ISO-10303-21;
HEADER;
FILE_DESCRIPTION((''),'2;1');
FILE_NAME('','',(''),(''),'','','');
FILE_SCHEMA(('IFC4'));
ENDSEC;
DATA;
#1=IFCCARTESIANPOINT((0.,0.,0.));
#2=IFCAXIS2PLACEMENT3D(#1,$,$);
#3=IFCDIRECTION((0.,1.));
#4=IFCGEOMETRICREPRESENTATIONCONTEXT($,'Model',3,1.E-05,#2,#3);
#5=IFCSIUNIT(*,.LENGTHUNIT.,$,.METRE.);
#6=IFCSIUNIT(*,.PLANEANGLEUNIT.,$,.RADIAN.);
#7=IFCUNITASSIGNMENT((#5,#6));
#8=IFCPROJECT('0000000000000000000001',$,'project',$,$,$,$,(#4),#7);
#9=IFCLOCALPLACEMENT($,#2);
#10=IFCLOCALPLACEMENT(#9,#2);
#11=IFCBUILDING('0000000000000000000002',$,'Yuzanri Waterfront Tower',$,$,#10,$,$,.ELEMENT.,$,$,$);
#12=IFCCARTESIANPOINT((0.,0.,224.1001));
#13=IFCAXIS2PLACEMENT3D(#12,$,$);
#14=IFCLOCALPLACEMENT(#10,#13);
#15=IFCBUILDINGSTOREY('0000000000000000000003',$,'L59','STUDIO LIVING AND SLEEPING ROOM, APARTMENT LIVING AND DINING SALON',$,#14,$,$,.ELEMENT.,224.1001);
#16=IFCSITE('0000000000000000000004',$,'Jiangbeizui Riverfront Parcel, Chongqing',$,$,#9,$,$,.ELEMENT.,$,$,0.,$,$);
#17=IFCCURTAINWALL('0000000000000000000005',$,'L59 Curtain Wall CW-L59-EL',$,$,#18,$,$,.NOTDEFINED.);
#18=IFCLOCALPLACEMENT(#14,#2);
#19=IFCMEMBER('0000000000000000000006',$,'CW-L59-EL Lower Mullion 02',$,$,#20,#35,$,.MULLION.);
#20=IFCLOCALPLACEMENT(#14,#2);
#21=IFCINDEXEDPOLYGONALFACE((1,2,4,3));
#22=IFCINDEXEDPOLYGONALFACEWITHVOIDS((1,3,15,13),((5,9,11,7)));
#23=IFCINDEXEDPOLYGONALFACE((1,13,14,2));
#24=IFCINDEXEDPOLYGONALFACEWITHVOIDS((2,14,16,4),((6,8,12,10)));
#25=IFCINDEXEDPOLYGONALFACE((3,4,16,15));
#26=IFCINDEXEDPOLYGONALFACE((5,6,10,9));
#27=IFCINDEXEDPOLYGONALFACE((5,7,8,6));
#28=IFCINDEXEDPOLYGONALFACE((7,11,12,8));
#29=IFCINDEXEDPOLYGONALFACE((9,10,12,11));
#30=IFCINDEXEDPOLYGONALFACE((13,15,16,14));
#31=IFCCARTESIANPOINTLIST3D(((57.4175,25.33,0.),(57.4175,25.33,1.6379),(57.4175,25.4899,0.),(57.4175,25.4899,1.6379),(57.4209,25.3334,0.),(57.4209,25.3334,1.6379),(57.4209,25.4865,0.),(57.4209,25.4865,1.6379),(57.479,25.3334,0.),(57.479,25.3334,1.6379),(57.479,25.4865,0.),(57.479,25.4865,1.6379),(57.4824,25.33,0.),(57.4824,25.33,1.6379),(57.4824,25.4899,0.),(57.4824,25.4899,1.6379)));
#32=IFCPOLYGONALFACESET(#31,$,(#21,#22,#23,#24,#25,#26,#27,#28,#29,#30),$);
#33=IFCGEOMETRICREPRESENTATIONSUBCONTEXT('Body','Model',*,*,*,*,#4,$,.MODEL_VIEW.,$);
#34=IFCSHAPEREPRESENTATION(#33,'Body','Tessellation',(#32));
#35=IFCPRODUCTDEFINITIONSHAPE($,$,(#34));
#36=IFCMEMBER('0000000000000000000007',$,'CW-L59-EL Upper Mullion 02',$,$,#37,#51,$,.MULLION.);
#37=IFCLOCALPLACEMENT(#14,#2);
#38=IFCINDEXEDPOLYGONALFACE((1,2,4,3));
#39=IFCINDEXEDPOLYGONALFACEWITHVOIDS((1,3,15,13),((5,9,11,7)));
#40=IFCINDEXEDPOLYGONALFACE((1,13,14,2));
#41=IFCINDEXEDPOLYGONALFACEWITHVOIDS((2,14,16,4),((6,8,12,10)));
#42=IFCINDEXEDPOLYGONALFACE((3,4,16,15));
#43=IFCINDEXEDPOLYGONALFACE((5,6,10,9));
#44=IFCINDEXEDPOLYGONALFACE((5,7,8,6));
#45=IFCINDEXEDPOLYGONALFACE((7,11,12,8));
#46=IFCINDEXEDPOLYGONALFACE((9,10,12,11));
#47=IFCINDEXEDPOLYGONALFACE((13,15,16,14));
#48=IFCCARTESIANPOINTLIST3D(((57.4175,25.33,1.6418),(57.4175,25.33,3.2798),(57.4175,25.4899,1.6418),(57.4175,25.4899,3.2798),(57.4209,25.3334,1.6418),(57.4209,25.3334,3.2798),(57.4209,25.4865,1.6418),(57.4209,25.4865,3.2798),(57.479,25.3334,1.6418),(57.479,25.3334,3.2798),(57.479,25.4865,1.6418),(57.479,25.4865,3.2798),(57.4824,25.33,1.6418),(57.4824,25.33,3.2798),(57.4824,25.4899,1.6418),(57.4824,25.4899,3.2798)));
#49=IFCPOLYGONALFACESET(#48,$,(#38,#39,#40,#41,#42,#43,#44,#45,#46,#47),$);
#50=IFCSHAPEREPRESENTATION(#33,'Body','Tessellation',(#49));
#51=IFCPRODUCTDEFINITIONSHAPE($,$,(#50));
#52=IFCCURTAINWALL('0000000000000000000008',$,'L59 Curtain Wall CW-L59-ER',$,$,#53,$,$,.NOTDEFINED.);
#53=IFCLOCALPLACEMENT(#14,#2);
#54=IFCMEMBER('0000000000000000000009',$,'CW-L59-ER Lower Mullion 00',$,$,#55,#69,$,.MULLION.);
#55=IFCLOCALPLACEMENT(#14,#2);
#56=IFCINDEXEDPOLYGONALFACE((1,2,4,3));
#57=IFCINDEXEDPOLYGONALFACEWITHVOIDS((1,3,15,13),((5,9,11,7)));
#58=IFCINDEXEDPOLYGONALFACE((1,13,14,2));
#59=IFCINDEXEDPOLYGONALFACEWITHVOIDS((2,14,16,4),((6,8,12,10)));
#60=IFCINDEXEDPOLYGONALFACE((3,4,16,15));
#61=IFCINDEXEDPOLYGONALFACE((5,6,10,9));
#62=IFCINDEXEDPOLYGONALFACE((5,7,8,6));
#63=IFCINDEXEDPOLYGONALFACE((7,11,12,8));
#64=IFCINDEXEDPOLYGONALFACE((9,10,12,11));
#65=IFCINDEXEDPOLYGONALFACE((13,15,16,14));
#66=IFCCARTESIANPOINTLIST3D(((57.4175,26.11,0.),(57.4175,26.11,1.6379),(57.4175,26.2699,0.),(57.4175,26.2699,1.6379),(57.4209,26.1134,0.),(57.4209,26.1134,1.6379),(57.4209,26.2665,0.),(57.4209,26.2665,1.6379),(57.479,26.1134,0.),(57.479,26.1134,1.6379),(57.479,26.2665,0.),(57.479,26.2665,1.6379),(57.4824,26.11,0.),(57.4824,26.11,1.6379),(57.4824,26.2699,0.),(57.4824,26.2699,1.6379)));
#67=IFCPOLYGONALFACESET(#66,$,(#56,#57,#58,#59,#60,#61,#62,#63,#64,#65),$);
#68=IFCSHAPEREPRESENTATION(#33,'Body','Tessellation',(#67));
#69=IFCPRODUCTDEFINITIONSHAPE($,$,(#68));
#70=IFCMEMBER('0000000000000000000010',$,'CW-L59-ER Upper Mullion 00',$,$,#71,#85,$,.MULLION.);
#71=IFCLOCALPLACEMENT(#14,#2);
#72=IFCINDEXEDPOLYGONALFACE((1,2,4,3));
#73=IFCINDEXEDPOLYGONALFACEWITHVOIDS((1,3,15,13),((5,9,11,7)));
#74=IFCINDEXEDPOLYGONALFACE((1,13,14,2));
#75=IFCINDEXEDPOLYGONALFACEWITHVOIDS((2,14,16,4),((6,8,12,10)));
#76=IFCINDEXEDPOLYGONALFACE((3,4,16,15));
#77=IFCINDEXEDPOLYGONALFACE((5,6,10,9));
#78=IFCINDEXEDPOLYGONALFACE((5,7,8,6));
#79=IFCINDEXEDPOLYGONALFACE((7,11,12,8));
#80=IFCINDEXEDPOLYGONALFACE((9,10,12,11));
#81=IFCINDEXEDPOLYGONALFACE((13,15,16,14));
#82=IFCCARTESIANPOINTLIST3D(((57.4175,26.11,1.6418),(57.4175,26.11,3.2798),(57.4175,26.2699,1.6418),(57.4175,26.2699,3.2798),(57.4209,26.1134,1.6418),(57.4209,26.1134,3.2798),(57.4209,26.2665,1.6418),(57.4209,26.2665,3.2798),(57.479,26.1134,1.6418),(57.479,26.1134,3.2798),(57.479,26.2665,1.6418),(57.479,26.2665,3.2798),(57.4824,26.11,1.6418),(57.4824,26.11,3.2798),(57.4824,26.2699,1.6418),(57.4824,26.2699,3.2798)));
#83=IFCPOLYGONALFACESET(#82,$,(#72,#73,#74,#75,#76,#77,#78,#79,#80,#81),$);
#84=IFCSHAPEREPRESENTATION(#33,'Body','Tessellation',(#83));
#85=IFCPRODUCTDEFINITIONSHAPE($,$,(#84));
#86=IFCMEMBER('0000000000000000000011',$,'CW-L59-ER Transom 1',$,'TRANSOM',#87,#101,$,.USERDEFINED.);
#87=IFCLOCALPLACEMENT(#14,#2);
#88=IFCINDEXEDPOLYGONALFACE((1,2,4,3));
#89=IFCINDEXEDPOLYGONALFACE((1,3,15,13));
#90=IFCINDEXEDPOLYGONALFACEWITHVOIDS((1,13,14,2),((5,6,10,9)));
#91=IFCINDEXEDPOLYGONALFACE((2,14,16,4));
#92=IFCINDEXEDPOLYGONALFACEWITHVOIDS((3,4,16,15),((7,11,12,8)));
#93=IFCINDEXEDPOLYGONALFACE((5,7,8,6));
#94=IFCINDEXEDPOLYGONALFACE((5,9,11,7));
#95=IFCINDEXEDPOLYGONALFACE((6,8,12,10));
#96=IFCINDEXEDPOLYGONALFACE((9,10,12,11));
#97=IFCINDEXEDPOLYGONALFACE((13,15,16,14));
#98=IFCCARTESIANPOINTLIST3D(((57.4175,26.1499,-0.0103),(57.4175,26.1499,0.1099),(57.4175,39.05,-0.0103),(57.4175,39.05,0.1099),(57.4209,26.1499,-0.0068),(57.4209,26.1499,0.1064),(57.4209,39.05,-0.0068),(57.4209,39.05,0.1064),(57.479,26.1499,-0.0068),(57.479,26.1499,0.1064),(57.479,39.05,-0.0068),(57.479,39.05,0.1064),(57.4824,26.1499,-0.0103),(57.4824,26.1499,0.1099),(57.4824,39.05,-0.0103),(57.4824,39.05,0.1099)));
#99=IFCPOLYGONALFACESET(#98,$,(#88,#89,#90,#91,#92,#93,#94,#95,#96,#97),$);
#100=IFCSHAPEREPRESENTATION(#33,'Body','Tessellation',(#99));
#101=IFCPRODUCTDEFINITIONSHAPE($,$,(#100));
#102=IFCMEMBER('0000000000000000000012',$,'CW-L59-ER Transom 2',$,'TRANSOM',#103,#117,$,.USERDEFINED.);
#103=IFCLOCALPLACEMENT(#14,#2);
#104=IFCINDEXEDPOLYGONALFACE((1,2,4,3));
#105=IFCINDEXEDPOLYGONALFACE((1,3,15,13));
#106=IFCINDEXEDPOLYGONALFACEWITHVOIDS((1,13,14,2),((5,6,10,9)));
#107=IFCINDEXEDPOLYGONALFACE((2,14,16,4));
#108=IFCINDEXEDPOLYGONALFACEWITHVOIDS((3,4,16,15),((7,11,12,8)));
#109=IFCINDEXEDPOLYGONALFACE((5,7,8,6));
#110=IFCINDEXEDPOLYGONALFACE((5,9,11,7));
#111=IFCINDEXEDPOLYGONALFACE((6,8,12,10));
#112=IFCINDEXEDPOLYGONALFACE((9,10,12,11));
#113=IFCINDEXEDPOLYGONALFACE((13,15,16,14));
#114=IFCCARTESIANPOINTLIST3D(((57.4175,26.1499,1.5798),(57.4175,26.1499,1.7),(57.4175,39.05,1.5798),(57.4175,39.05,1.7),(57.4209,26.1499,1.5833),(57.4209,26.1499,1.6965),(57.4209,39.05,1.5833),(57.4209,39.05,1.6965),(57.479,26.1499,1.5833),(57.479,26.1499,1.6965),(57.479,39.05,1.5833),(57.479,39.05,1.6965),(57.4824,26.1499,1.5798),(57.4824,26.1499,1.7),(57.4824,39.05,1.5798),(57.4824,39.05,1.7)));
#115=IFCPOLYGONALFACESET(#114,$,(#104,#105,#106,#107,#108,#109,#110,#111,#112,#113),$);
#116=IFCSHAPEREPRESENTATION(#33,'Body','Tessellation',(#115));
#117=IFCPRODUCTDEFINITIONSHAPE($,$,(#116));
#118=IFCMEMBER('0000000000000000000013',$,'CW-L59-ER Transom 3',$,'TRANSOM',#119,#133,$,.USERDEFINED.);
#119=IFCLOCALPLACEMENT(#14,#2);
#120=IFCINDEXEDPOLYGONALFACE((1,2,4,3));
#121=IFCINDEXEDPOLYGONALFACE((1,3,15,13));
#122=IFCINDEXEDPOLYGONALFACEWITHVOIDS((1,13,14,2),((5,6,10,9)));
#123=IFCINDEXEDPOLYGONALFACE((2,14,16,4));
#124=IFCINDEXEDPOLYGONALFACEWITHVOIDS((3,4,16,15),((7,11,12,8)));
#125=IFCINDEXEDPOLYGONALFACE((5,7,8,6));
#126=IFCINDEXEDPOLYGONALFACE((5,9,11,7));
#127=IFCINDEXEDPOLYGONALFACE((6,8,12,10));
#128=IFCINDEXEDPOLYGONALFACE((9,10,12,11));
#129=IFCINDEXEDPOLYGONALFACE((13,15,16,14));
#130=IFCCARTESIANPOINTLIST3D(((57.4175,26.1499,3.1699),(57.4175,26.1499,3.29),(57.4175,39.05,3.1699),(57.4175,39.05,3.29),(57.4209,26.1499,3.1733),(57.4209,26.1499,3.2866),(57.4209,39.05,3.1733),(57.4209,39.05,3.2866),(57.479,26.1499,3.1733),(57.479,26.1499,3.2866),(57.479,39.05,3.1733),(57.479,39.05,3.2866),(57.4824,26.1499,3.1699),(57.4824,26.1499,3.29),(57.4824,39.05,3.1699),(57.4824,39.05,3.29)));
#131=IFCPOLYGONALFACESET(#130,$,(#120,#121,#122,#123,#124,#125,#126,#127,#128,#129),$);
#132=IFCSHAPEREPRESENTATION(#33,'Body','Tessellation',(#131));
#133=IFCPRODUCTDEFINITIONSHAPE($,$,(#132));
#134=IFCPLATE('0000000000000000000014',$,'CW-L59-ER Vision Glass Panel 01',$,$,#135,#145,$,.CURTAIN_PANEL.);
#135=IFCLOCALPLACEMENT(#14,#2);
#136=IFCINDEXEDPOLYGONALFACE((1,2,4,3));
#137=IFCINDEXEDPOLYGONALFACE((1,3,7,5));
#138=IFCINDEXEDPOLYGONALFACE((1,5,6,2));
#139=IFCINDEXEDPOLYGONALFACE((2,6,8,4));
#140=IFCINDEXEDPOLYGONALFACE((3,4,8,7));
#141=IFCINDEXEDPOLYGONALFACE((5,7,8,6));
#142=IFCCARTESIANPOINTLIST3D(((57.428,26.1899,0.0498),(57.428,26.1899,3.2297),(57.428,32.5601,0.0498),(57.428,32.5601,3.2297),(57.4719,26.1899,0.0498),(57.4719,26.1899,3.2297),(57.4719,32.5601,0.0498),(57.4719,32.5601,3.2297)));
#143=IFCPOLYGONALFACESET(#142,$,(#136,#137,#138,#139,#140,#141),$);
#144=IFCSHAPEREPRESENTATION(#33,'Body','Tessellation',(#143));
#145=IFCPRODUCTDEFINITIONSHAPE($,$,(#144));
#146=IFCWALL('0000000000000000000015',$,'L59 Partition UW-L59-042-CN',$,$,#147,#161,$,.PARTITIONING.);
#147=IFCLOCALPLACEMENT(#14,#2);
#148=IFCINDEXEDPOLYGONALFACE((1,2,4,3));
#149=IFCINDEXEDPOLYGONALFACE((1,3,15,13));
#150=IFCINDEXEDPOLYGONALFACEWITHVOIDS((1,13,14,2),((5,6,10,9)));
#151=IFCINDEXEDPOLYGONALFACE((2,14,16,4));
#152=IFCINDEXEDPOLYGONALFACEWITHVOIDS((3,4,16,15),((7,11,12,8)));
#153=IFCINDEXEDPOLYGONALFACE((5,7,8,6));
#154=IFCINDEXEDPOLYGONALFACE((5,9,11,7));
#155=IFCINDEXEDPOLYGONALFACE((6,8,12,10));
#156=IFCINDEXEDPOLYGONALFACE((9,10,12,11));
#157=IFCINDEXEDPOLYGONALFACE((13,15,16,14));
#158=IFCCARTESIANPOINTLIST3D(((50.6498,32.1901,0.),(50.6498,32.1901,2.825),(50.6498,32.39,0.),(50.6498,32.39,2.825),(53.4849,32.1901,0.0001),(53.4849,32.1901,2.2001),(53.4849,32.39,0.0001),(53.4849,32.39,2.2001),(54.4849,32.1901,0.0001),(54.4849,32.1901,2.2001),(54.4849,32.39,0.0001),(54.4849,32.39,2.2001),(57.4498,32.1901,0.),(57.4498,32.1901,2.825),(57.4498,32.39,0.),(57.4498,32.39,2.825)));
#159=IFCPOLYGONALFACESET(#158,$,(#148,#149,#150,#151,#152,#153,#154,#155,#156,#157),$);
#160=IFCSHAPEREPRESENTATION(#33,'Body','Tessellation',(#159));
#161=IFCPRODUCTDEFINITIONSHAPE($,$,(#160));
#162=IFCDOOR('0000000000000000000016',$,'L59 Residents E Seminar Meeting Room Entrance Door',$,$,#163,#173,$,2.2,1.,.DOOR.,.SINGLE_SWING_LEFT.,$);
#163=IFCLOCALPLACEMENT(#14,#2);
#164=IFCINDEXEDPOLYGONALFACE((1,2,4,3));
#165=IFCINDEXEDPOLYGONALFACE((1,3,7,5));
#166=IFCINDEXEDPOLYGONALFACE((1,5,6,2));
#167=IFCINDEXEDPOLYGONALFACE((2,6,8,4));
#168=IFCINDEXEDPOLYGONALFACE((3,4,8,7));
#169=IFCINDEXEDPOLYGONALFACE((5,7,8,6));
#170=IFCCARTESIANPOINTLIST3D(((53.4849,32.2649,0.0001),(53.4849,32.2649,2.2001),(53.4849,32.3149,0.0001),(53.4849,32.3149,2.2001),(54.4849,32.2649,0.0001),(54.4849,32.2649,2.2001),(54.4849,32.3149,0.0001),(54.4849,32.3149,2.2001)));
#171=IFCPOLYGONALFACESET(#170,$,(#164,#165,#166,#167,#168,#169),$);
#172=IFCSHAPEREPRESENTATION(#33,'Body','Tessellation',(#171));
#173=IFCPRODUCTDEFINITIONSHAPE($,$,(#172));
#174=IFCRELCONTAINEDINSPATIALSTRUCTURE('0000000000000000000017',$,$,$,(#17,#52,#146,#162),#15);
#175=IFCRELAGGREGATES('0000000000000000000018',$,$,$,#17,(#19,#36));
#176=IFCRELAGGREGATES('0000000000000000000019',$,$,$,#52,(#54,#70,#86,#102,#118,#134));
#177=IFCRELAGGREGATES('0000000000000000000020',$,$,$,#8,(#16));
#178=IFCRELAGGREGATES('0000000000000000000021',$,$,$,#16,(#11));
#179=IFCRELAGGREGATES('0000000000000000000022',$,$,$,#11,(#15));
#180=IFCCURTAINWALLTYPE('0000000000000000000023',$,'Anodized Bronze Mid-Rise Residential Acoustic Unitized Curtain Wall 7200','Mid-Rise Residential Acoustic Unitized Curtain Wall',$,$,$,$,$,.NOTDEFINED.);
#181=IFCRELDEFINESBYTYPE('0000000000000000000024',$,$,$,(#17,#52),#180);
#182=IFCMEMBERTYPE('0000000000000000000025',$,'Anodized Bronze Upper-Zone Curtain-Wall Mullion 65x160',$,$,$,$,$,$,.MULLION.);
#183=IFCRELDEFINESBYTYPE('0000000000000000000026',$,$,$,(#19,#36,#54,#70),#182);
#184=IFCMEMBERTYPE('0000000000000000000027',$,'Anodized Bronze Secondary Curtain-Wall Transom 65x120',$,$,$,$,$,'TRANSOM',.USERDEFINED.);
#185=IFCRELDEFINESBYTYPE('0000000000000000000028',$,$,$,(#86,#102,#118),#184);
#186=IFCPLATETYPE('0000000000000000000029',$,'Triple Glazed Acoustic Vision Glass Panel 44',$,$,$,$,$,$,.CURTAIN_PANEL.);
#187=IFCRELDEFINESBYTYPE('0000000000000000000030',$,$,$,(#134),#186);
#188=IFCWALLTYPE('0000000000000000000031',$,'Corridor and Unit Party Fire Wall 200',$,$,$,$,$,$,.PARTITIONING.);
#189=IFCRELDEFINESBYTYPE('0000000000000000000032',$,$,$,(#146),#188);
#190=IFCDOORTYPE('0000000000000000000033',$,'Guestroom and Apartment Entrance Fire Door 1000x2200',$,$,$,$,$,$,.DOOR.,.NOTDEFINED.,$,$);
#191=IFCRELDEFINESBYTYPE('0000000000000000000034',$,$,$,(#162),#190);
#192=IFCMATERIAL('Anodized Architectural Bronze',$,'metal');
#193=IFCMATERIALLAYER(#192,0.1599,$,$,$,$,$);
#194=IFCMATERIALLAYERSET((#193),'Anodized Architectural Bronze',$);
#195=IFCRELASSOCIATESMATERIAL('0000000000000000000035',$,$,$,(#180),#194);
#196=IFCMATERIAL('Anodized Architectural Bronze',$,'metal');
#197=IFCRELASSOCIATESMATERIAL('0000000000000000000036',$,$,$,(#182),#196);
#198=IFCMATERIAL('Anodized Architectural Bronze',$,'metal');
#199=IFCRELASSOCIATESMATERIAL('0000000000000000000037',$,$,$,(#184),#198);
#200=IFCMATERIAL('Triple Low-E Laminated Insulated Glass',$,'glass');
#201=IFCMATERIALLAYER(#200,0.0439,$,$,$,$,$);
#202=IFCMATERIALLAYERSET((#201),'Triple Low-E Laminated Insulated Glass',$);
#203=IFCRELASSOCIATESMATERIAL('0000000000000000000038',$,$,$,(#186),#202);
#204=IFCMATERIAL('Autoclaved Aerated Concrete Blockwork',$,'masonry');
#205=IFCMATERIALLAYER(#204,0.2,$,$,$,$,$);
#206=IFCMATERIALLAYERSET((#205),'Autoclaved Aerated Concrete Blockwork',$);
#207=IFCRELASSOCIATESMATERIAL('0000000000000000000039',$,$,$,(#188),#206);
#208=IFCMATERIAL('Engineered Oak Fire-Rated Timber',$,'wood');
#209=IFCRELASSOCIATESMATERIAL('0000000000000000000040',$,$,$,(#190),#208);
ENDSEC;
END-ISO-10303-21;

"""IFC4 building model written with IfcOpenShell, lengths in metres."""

from ifc_helpers import new_model, si_unit, direction, frame, frame_2d, origin, origin_2d, place, context, subcontext, project, spatial, rectangle, hollow_rectangle, extrude, source, transform, mapped, material, layer, layer_set, material_profile, profile_set, type_object, element, fill, aggregate, save


model = new_model("IFC4")

# Units and contexts
model_context = context("Model", 3, precision=1e-05, world=origin(), true_north=direction((0.0, 1.0)))
body_context = subcontext(model_context, "Body", "Model", "MODEL_VIEW")
ifc_project = project(units=[si_unit("LENGTHUNIT", "METRE"), si_unit("PLANEANGLEUNIT", "RADIAN")], contexts=[model_context])

# Site, building, storey
site_placement = place(None, origin())
site = spatial("IfcSite", under=ifc_project, at=site_placement, Name="Jiangbeizui Riverfront Parcel, Chongqing", CompositionType="ELEMENT", RefElevation=0.0)
building_placement = place(site_placement, origin())
building = spatial("IfcBuilding", under=site, at=building_placement, Name="Yuzanri Waterfront Tower", CompositionType="ELEMENT")
storey_placement = place(building_placement, frame((0.0, 0.0, 224.1001)))
storey = spatial("IfcBuildingStorey", under=building, at=storey_placement, Name="L59", Description="STUDIO LIVING AND SLEEPING ROOM, APARTMENT LIVING AND DINING SALON", CompositionType="ELEMENT", Elevation=224.1001)

# Curtain wall, members
ifc_material_1 = material(Name="Anodized Architectural Bronze", Category="metal")
ifc_layer_1 = layer(ifc_material_1, 0.1599)
ifc_layer_set_1 = layer_set([ifc_layer_1], Name="Anodized Architectural Bronze")
curtain_wall_type = type_object("IfcCurtainWallType", Name="Anodized Bronze Mid-Rise Residential Acoustic Unitized Curtain Wall 7200", Description="Mid-Rise Residential Acoustic Unitized Curtain Wall", PredefinedType="NOTDEFINED", material=ifc_layer_set_1)
curtain_wall_1_placement = place(storey_placement, origin())
curtain_wall_1 = element("IfcCurtainWall", 1, at=curtain_wall_1_placement, inside=storey, type_object=curtain_wall_type, Name="L59 Curtain Wall CW-L59-EL", PredefinedType="NOTDEFINED")
ifc_material_2 = material(Name="Anodized Architectural Bronze", Category="metal")
ifc_material_profile_1 = material_profile(ifc_material_2, hollow_rectangle(XDim=0.0649, YDim=0.1599, WallThickness=0.0034, at=origin_2d()), Name="CWM 65x160")
ifc_profile_set_1 = profile_set([ifc_material_profile_1], Name="Anodized Architectural Bronze")
member_type_1 = type_object("IfcMemberType", Name="Anodized Bronze Upper-Zone Curtain-Wall Mullion 65x160", PredefinedType="MULLION", material=ifc_profile_set_1)
shared_shape_1 = source(origin(), body_context, "Body", "SweptSolid", [
    extrude(hollow_rectangle(XDim=0.0649, YDim=0.1599, WallThickness=0.0034, at=origin_2d()), origin(), (0.0, 0.0, 1.0), 1.6379),
])
member_1_placement = place(storey_placement, frame((57.45, 25.4099, 0.0), z_axis=(0.0, 0.0, 1.0), x_axis=(1.0, 0.0, 0.0)))
member_1 = element("IfcMember", 2, at=member_1_placement, type_object=member_type_1, Name="CW-L59-EL Lower Mullion 02", PredefinedType="MULLION", context=body_context, shape_type="MappedRepresentation", body=[
    mapped(shared_shape_1, transform((0.0, 0.0, 0.0), scale=1.0)),
])
member_2_placement = place(storey_placement, frame((57.45, 25.4099, 1.6418), z_axis=(0.0, 0.0, 1.0), x_axis=(1.0, 0.0, 0.0)))
member_2 = element("IfcMember", 3, at=member_2_placement, type_object=member_type_1, Name="CW-L59-EL Upper Mullion 02", PredefinedType="MULLION", context=body_context, shape_type="MappedRepresentation", body=[
    mapped(shared_shape_1, transform((0.0, 0.0, 0.0), scale=1.0)),
])
aggregate(curtain_wall_1, [member_1, member_2])

# Curtain wall, members, plate
curtain_wall_2_placement = place(storey_placement, origin())
curtain_wall_2 = element("IfcCurtainWall", 4, at=curtain_wall_2_placement, inside=storey, type_object=curtain_wall_type, Name="L59 Curtain Wall CW-L59-ER", PredefinedType="NOTDEFINED")
member_3_placement = place(storey_placement, frame((57.45, 26.1899, 0.0), z_axis=(0.0, 0.0, 1.0), x_axis=(1.0, 0.0, 0.0)))
member_3 = element("IfcMember", 5, at=member_3_placement, type_object=member_type_1, Name="CW-L59-ER Lower Mullion 00", PredefinedType="MULLION", context=body_context, shape_type="MappedRepresentation", body=[
    mapped(shared_shape_1, transform((0.0, 0.0, 0.0), scale=1.0)),
])
member_4_placement = place(storey_placement, frame((57.45, 26.1899, 1.6418), z_axis=(0.0, 0.0, 1.0), x_axis=(1.0, 0.0, 0.0)))
member_4 = element("IfcMember", 6, at=member_4_placement, type_object=member_type_1, Name="CW-L59-ER Upper Mullion 00", PredefinedType="MULLION", context=body_context, shape_type="MappedRepresentation", body=[
    mapped(shared_shape_1, transform((0.0, 0.0, 0.0), scale=1.0)),
])
ifc_material_3 = material(Name="Anodized Architectural Bronze", Category="metal")
ifc_material_profile_2 = material_profile(ifc_material_3, hollow_rectangle(XDim=0.0649, YDim=0.1201, WallThickness=0.0034, at=origin_2d()), Name="CWT 65x120")
ifc_profile_set_2 = profile_set([ifc_material_profile_2], Name="Anodized Architectural Bronze")
member_type_2 = type_object("IfcMemberType", Name="Anodized Bronze Secondary Curtain-Wall Transom 65x120", ElementType="TRANSOM", PredefinedType="USERDEFINED", material=ifc_profile_set_2)
shared_shape_2 = source(origin(), body_context, "Body", "SweptSolid", [
    extrude(hollow_rectangle(XDim=0.0649, YDim=0.1201, WallThickness=0.0034, at=origin_2d()), origin(), (0.0, 0.0, 1.0), 12.9001),
])
member_5_placement = place(storey_placement, frame((57.45, 26.1499, 0.0498), z_axis=(0.0, 1.0, 0.0), x_axis=(-1.0, 0.0, 0.0)))
member_5 = element("IfcMember", 7, at=member_5_placement, type_object=member_type_2, Name="CW-L59-ER Transom 1", ObjectType="TRANSOM", PredefinedType="USERDEFINED", context=body_context, shape_type="MappedRepresentation", body=[
    mapped(shared_shape_2, transform((0.0, 0.0, 0.0), scale=1.0)),
])
member_6_placement = place(storey_placement, frame((57.45, 26.1499, 1.6399), z_axis=(0.0, 1.0, 0.0), x_axis=(-1.0, 0.0, 0.0)))
member_6 = element("IfcMember", 8, at=member_6_placement, type_object=member_type_2, Name="CW-L59-ER Transom 2", ObjectType="TRANSOM", PredefinedType="USERDEFINED", context=body_context, shape_type="MappedRepresentation", body=[
    mapped(shared_shape_2, transform((0.0, 0.0, 0.0), scale=1.0)),
])
member_7_placement = place(storey_placement, frame((57.45, 26.1499, 3.23), z_axis=(0.0, 1.0, 0.0), x_axis=(-1.0, 0.0, 0.0)))
member_7 = element("IfcMember", 9, at=member_7_placement, type_object=member_type_2, Name="CW-L59-ER Transom 3", ObjectType="TRANSOM", PredefinedType="USERDEFINED", context=body_context, shape_type="MappedRepresentation", body=[
    mapped(shared_shape_2, transform((0.0, 0.0, 0.0), scale=1.0)),
])
ifc_material_4 = material(Name="Triple Low-E Laminated Insulated Glass", Category="glass")
ifc_layer_2 = layer(ifc_material_4, 0.0439)
ifc_layer_set_2 = layer_set([ifc_layer_2], Name="Triple Low-E Laminated Insulated Glass")
plate_type = type_object("IfcPlateType", Name="Triple Glazed Acoustic Vision Glass Panel 44", PredefinedType="CURTAIN_PANEL", material=ifc_layer_set_2)
shared_shape_3 = source(origin(), body_context, "Body", "SweptSolid", [
    extrude(rectangle(XDim=6.3701, YDim=0.0439, at=origin_2d()), origin(), (0.0, 0.0, 1.0), 3.1799),
])
plate_placement = place(storey_placement, frame((57.45, 29.375, 0.0498), z_axis=(0.0, 0.0, 1.0), x_axis=(0.0, 1.0, 0.0)))
plate = element("IfcPlate", 10, at=plate_placement, type_object=plate_type, Name="CW-L59-ER Vision Glass Panel 01", PredefinedType="CURTAIN_PANEL", context=body_context, shape_type="MappedRepresentation", body=[
    mapped(shared_shape_3, transform((0.0, 0.0, 0.0), scale=1.0)),
])
aggregate(curtain_wall_2, [member_3, member_4, member_5, member_6, member_7, plate])

# Wall, opening, door
ifc_material_5 = material(Name="Autoclaved Aerated Concrete Blockwork", Category="masonry")
ifc_layer_3 = layer(ifc_material_5, 0.2)
ifc_layer_set_3 = layer_set([ifc_layer_3], Name="Autoclaved Aerated Concrete Blockwork")
wall_type = type_object("IfcWallType", Name="Corridor and Unit Party Fire Wall 200", PredefinedType="PARTITIONING", material=ifc_layer_set_3)
wall_1_placement = place(storey_placement, frame((50.6499, 32.29, 0.0), z_axis=(0.0, 0.0, 1.0), x_axis=(1.0, 0.0, 0.0)))
wall_1 = element("IfcWall", 11, at=wall_1_placement, inside=storey, type_object=wall_type, Name="L59 Partition UW-L59-042-CN", PredefinedType="PARTITIONING", context=body_context, shape_type="SweptSolid", body=[
    extrude(rectangle(XDim=6.8, YDim=0.2, at=frame_2d((3.3999, 0.0))), origin(), (0.0, 0.0, 1.0), 2.825),
])
opening_placement = place(wall_1_placement, frame((2.835, 0.0, 0.0)))
opening = element("IfcOpeningElement", 12, at=opening_placement, cuts=wall_1, PredefinedType="OPENING", context=body_context, shape_type="SweptSolid", body=[
    extrude(rectangle(XDim=1.0, YDim=2.2, at=frame_2d((0.5, 1.1001))), frame((0.0, 0.1147, 0.0), z_axis=(0.0, -1.0, 0.0), x_axis=(1.0, 0.0, 0.0)), (0.0, 0.0, 1.0), 0.2297),
])
ifc_material_6 = material(Name="Engineered Oak Fire-Rated Timber", Category="wood")
door_type = type_object("IfcDoorType", Name="Guestroom and Apartment Entrance Fire Door 1000x2200", OperationType="NOTDEFINED", PredefinedType="DOOR", material=ifc_material_6)
shared_shape_4 = source(origin(), body_context, "Body", "SweptSolid", [
    extrude(rectangle(XDim=1.0, YDim=2.2, at=frame_2d((0.5, 1.1001))), frame((0.0, 0.0249, 0.0), z_axis=(0.0, -1.0, 0.0), x_axis=(1.0, 0.0, 0.0)), (0.0, 0.0, 1.0), 0.05),
])
door_placement = place(opening_placement, origin())
door = element("IfcDoor", 13, at=door_placement, inside=storey, type_object=door_type, Name="L59 Residents E Seminar Meeting Room Entrance Door", OperationType="SINGLE_SWING_LEFT", OverallHeight=2.2, OverallWidth=1.0, PredefinedType="DOOR", context=body_context, shape_type="MappedRepresentation", body=[
    mapped(shared_shape_4, transform((0.0, 0.0, 0.0), scale=1.0)),
])
fill(opening, door)

save(model, "model.ifc")
